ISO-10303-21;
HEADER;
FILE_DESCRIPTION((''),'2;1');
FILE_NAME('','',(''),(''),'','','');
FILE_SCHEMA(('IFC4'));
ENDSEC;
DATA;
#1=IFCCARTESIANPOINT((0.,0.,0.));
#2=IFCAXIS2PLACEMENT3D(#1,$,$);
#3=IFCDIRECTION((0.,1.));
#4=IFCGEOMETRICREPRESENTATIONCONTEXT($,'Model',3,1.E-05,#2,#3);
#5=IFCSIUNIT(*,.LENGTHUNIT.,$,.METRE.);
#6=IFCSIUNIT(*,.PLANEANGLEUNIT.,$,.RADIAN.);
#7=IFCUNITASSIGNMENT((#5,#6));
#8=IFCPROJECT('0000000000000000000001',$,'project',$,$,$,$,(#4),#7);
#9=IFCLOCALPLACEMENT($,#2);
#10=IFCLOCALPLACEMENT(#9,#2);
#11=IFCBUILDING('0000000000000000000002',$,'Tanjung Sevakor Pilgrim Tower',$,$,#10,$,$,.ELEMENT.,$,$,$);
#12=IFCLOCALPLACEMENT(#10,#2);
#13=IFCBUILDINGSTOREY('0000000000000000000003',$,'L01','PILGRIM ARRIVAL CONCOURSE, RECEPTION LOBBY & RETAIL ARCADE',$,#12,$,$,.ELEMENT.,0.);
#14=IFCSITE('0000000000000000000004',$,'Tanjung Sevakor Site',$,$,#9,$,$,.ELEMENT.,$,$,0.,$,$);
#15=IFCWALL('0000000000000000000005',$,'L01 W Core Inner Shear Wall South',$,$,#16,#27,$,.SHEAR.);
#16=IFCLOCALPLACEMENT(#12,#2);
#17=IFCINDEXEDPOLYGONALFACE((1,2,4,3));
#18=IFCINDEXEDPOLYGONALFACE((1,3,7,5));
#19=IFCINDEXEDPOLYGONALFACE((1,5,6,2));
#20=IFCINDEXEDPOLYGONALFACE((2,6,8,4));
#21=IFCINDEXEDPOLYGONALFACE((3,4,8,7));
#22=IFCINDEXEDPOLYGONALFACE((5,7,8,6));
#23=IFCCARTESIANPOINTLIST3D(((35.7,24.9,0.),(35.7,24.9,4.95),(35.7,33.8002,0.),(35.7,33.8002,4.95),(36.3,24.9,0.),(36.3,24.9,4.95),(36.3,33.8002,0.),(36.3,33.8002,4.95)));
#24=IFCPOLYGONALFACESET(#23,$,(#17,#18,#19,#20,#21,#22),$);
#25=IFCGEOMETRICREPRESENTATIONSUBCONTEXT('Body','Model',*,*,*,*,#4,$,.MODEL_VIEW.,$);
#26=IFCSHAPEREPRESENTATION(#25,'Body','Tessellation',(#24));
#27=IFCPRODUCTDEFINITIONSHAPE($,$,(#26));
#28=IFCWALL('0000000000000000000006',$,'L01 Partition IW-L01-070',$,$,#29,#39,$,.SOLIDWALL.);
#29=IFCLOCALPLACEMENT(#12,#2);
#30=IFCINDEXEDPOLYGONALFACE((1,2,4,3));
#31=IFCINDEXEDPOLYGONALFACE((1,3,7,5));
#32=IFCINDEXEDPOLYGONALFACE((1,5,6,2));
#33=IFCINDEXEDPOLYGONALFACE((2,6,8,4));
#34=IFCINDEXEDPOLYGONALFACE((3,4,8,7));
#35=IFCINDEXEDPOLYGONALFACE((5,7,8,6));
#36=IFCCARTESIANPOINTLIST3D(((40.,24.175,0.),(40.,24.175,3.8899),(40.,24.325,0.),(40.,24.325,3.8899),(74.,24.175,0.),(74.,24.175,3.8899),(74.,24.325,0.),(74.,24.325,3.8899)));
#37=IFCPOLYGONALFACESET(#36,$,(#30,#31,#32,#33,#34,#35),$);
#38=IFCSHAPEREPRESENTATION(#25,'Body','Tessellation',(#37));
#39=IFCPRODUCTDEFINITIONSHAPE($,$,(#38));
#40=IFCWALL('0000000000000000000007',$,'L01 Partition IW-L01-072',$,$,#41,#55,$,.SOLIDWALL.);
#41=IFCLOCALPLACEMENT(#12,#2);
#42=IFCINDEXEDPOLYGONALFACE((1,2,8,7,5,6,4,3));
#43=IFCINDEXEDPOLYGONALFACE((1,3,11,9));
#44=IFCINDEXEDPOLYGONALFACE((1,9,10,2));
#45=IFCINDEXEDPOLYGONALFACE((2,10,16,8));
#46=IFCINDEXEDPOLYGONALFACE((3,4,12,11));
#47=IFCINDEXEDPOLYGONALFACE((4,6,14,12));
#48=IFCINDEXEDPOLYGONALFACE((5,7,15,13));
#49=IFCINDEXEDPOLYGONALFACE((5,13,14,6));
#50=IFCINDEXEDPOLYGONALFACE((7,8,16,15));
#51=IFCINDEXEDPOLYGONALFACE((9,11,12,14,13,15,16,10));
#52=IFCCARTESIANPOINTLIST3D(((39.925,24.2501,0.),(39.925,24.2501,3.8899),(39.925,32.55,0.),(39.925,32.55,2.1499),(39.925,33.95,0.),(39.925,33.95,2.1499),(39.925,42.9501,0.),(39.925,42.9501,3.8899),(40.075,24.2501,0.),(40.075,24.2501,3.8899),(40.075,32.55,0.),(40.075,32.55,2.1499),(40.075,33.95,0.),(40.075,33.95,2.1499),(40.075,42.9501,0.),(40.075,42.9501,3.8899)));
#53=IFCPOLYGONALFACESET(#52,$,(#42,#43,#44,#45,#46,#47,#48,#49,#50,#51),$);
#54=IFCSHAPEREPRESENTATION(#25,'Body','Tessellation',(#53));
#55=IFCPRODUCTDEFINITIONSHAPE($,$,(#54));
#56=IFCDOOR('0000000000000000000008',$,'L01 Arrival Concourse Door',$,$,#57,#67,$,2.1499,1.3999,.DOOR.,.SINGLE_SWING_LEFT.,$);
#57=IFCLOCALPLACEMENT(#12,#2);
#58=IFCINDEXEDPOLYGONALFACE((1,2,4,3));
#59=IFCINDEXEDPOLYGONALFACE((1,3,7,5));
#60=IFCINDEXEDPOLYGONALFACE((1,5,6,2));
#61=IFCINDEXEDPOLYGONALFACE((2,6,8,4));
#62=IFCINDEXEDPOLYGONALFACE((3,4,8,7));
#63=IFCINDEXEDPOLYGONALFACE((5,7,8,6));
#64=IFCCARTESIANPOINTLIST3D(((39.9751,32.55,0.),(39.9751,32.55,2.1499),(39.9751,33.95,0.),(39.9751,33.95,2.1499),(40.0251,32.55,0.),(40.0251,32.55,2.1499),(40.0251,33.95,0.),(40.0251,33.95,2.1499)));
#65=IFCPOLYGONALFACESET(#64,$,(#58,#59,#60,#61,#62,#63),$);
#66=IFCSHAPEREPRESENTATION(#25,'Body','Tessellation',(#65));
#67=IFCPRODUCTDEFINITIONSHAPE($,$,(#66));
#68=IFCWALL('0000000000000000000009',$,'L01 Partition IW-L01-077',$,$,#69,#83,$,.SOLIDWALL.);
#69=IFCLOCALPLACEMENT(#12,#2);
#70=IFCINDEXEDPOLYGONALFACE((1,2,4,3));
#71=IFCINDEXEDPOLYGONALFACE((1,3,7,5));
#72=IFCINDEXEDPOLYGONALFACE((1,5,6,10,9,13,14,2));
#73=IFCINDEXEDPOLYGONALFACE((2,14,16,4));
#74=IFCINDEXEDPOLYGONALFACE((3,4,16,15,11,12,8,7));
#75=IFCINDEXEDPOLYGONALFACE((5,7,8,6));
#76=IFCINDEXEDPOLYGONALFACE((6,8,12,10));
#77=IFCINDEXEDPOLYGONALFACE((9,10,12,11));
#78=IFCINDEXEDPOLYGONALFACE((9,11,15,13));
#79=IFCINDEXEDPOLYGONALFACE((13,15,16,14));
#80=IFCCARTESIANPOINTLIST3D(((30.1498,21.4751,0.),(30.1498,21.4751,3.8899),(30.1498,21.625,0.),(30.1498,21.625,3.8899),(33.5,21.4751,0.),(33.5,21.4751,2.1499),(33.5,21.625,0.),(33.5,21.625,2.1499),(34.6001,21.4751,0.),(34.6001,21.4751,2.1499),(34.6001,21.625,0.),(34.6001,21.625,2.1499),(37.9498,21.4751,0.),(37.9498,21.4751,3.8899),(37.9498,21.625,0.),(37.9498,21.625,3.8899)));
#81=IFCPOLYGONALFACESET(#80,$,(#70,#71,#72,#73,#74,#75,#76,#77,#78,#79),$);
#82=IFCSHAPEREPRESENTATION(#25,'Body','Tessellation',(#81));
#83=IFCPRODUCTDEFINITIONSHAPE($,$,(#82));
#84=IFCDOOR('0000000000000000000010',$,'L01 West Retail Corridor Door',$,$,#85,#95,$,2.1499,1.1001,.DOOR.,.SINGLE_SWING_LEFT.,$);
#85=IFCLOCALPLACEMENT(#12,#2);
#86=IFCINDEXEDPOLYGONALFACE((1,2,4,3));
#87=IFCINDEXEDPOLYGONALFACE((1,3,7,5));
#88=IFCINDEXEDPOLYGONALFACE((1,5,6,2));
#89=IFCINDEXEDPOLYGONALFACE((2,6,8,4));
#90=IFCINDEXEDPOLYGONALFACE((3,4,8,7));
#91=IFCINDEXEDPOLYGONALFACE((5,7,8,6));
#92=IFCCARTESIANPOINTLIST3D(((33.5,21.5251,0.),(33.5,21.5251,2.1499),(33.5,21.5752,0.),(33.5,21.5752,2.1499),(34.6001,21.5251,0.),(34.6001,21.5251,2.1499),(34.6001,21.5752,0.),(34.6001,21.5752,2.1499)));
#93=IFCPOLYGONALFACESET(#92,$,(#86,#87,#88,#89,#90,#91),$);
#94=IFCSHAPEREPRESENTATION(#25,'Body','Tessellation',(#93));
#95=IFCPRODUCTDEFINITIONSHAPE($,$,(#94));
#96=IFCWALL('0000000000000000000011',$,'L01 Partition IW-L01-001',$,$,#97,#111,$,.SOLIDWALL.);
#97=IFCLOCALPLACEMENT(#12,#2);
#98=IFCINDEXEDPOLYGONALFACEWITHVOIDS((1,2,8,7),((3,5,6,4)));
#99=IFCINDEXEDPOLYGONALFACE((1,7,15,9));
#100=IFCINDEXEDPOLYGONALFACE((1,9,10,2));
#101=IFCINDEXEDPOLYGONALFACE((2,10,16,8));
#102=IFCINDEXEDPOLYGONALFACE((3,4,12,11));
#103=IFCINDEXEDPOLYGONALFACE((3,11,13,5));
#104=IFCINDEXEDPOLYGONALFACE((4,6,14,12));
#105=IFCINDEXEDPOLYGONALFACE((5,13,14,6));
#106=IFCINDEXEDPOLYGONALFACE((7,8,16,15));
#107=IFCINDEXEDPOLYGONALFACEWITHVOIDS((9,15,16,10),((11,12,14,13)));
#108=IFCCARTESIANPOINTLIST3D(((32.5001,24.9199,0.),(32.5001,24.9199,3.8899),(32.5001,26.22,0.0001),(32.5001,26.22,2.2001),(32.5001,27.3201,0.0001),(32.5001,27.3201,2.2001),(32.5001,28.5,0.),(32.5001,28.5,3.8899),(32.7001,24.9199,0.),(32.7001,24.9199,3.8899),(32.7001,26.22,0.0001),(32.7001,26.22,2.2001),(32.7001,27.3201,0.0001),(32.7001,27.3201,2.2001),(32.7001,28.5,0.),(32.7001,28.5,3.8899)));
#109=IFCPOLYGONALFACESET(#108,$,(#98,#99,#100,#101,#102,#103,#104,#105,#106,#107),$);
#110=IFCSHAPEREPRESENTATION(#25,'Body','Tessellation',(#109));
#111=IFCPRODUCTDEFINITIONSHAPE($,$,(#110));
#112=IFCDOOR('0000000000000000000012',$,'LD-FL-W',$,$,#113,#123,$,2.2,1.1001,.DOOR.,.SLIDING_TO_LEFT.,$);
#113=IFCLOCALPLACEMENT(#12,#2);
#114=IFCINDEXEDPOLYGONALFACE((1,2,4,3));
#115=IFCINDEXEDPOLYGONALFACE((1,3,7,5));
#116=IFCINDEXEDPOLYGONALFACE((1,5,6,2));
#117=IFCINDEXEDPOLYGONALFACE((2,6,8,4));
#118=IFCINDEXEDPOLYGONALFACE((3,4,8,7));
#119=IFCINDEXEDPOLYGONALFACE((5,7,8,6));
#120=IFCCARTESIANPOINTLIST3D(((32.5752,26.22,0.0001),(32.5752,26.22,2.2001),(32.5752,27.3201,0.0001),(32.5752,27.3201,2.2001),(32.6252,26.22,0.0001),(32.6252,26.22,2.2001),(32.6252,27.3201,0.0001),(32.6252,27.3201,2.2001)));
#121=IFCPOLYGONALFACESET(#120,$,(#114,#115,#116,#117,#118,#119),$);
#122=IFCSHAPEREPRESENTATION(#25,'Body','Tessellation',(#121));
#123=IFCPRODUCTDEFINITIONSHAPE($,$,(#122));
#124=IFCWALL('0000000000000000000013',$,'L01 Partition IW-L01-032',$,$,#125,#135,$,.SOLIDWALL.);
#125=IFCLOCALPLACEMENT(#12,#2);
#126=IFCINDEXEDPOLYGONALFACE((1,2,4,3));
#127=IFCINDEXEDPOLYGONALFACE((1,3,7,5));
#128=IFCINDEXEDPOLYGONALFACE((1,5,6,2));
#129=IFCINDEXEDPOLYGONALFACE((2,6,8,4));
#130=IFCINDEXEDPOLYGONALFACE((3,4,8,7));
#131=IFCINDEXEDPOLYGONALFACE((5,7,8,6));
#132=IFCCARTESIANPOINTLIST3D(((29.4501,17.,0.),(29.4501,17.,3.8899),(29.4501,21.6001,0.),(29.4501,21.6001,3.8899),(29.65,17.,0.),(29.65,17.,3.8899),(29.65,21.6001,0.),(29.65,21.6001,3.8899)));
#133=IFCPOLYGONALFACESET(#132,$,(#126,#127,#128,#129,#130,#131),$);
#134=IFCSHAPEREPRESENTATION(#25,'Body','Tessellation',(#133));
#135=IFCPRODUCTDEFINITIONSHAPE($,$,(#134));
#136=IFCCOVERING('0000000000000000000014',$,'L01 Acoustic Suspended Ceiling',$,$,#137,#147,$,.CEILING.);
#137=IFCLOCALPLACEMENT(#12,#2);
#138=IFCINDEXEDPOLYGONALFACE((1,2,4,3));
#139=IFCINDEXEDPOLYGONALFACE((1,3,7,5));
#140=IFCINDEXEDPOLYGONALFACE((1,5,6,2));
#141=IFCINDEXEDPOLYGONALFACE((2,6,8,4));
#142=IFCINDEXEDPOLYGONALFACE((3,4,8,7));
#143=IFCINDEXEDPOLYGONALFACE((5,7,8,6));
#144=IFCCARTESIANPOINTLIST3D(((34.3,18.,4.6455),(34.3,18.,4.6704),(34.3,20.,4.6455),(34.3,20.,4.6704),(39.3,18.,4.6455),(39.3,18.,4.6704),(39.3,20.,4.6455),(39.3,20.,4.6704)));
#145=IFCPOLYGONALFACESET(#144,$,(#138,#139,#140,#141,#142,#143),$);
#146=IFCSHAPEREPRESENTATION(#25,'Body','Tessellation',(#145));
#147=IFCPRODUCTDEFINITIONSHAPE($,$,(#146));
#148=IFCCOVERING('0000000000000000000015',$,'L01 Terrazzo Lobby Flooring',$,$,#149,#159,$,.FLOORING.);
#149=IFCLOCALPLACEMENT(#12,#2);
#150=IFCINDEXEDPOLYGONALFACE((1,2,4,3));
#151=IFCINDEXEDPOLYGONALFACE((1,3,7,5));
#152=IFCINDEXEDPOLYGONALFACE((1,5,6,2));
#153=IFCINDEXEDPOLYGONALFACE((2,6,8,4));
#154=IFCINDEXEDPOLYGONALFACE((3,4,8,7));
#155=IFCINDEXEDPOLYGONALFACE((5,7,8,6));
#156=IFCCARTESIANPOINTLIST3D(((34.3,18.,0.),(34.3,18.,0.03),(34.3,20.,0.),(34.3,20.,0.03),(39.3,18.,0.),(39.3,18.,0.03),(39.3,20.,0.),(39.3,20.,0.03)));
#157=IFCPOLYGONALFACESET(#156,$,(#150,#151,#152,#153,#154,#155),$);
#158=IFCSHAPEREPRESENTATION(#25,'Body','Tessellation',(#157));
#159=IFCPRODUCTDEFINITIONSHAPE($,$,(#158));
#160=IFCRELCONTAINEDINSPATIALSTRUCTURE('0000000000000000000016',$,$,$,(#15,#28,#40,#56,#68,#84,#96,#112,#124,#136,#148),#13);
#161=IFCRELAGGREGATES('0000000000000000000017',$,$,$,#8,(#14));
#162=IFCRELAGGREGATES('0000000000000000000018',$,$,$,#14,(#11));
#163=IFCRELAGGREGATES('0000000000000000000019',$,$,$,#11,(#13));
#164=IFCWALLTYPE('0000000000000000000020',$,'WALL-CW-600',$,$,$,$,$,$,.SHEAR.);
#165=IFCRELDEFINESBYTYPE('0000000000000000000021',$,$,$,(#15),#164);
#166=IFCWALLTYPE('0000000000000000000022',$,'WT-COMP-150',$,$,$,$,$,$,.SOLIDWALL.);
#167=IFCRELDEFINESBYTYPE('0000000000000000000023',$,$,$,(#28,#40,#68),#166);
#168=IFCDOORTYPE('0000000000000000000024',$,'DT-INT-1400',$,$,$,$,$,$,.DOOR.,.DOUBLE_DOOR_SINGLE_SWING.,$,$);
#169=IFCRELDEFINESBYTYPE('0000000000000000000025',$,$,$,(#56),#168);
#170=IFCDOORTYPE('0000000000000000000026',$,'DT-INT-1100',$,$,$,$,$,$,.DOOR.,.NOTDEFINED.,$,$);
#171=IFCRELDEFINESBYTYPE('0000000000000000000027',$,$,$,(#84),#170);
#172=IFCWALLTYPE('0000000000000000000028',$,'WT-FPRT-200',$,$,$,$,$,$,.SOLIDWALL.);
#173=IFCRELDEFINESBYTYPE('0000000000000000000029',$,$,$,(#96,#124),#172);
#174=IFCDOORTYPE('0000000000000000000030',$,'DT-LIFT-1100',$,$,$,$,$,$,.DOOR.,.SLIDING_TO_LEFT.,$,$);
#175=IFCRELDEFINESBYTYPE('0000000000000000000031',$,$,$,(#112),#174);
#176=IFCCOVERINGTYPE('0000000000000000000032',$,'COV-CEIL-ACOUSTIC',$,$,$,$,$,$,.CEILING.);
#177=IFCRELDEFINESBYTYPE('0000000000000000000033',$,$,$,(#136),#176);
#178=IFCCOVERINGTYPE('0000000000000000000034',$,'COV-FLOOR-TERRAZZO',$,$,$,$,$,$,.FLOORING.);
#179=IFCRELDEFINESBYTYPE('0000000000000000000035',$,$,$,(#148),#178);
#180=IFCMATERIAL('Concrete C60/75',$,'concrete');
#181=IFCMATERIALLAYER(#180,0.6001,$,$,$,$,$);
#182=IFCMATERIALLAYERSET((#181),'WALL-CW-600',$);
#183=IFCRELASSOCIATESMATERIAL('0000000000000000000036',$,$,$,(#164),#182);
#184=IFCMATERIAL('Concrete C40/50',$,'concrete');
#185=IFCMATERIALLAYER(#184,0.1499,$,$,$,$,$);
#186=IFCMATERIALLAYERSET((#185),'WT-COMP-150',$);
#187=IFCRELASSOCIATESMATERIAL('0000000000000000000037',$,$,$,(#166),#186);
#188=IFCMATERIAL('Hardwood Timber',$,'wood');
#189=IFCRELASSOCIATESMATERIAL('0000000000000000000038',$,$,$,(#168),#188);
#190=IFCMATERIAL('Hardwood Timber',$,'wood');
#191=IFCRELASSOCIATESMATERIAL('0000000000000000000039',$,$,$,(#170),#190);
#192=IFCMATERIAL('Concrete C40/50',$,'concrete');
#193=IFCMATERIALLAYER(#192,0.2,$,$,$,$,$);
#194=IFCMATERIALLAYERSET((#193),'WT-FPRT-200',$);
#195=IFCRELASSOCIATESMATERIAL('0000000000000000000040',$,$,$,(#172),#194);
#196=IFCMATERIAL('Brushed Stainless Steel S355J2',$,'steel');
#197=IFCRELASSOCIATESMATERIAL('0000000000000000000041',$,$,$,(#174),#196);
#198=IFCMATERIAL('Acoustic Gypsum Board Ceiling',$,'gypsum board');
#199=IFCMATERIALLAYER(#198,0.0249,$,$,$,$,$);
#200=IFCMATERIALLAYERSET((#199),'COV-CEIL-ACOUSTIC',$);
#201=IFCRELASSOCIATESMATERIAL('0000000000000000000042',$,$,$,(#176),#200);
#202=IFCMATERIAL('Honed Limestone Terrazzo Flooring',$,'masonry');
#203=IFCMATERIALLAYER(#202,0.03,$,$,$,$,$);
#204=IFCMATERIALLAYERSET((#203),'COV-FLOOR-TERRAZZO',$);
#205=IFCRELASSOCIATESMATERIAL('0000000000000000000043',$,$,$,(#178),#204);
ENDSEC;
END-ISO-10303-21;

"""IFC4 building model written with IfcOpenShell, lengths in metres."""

from ifc_helpers import new_model, si_unit, direction, frame, frame_2d, origin, origin_2d, place, context, subcontext, project, spatial, rectangle, extrude, material, layer, layer_set, type_object, element, fill, save


model = new_model("IFC4")

# Units and contexts
model_context = context("Model", 3, precision=1e-05, world=origin(), true_north=direction((0.0, 1.0)))
body_context = subcontext(model_context, "Body", "Model", "MODEL_VIEW")
ifc_project = project(units=[si_unit("LENGTHUNIT", "METRE"), si_unit("PLANEANGLEUNIT", "RADIAN")], contexts=[model_context])

# Site, building, storey
site_placement = place(None, origin())
site = spatial("IfcSite", under=ifc_project, at=site_placement, Name="Tanjung Sevakor Site", CompositionType="ELEMENT", RefElevation=0.0)
building_placement = place(site_placement, origin())
building = spatial("IfcBuilding", under=site, at=building_placement, Name="Tanjung Sevakor Pilgrim Tower", CompositionType="ELEMENT")
storey_placement = place(building_placement, origin())
storey = spatial("IfcBuildingStorey", under=building, at=storey_placement, Name="L01", Description="PILGRIM ARRIVAL CONCOURSE, RECEPTION LOBBY & RETAIL ARCADE", CompositionType="ELEMENT", Elevation=0.0)

# Wall
ifc_material_1 = material(Name="Concrete C60/75", Category="concrete")
ifc_layer_1 = layer(ifc_material_1, 0.6001)
ifc_layer_set_1 = layer_set([ifc_layer_1], Name="WALL-CW-600")
wall_type_1 = type_object("IfcWallType", Name="WALL-CW-600", PredefinedType="SHEAR", material=ifc_layer_set_1)
wall_1_placement = place(storey_placement, frame((36.0, 24.8999, 0.0), z_axis=(0.0, 0.0, 1.0), x_axis=(0.0, 1.0, 0.0)))
element("IfcWall", 1, at=wall_1_placement, inside=storey, type_object=wall_type_1, Name="L01 W Core Inner Shear Wall South", PredefinedType="SHEAR", context=body_context, shape_type="SweptSolid", body=[
    extrude(rectangle(XDim=8.9001, YDim=0.6001, at=frame_2d((4.4502, 0.0))), origin(), (0.0, 0.0, 1.0), 4.95),
])

# Wall
ifc_material_2 = material(Name="Concrete C40/50", Category="concrete")
ifc_layer_2 = layer(ifc_material_2, 0.1499)
ifc_layer_set_2 = layer_set([ifc_layer_2], Name="WT-COMP-150")
wall_type_2 = type_object("IfcWallType", Name="WT-COMP-150", PredefinedType="SOLIDWALL", material=ifc_layer_set_2)
wall_2_placement = place(storey_placement, frame((40.0, 24.25, 0.0), z_axis=(0.0, 0.0, 1.0), x_axis=(1.0, 0.0, 0.0)))
element("IfcWall", 2, at=wall_2_placement, inside=storey, type_object=wall_type_2, Name="L01 Partition IW-L01-070", PredefinedType="SOLIDWALL", context=body_context, shape_type="SweptSolid", body=[
    extrude(rectangle(XDim=34.0, YDim=0.1499, at=frame_2d((17.0, 0.0))), origin(), (0.0, 0.0, 1.0), 3.8899),
])

# Walls, openings, doors
wall_3_placement = place(storey_placement, frame((40.0, 24.25, 0.0), z_axis=(0.0, 0.0, 1.0), x_axis=(0.0, 1.0, 0.0)))
wall_3 = element("IfcWall", 3, at=wall_3_placement, inside=storey, type_object=wall_type_2, Name="L01 Partition IW-L01-072", PredefinedType="SOLIDWALL", context=body_context, shape_type="SweptSolid", body=[
    extrude(rectangle(XDim=18.7, YDim=0.1499, at=frame_2d((9.3501, 0.0))), origin(), (0.0, 0.0, 1.0), 3.8899),
])
opening_1_placement = place(wall_3_placement, frame((8.3, 0.0, 0.0)))
opening_1 = element("IfcOpeningElement", 4, at=opening_1_placement, cuts=wall_3, PredefinedType="OPENING", context=body_context, shape_type="SweptSolid", body=[
    extrude(rectangle(XDim=1.3999, YDim=2.1499, at=frame_2d((0.7, 1.075))), frame((0.0, 0.085, 0.0), z_axis=(0.0, -1.0, 0.0), x_axis=(1.0, 0.0, 0.0)), (0.0, 0.0, 1.0), 0.1699),
])
ifc_material_3 = material(Name="Hardwood Timber", Category="wood")
door_type_1 = type_object("IfcDoorType", Name="DT-INT-1400", OperationType="DOUBLE_DOOR_SINGLE_SWING", PredefinedType="DOOR", material=ifc_material_3)
door_1_placement = place(opening_1_placement, origin())
door_1 = element("IfcDoor", 5, at=door_1_placement, inside=storey, type_object=door_type_1, Name="L01 Arrival Concourse Door", OperationType="SINGLE_SWING_LEFT", OverallHeight=2.1499, OverallWidth=1.3999, PredefinedType="DOOR", context=body_context, shape_type="SweptSolid", body=[
    extrude(rectangle(XDim=1.3999, YDim=2.1499, at=frame_2d((0.7, 1.075))), frame((0.0, 0.0249, 0.0), z_axis=(0.0, -1.0, 0.0), x_axis=(1.0, 0.0, 0.0)), (0.0, 0.0, 1.0), 0.05),
])
fill(opening_1, door_1)
wall_4_placement = place(storey_placement, frame((30.1499, 21.55, 0.0), z_axis=(0.0, 0.0, 1.0), x_axis=(1.0, 0.0, 0.0)))
wall_4 = element("IfcWall", 6, at=wall_4_placement, inside=storey, type_object=wall_type_2, Name="L01 Partition IW-L01-077", PredefinedType="SOLIDWALL", context=body_context, shape_type="SweptSolid", body=[
    extrude(rectangle(XDim=7.8, YDim=0.1499, at=frame_2d((3.8999, 0.0))), origin(), (0.0, 0.0, 1.0), 3.8899),
])
opening_2_placement = place(wall_4_placement, frame((3.3501, 0.0, 0.0)))
opening_2 = element("IfcOpeningElement", 7, at=opening_2_placement, cuts=wall_4, PredefinedType="OPENING", context=body_context, shape_type="SweptSolid", body=[
    extrude(rectangle(XDim=1.1001, YDim=2.1499, at=frame_2d((0.55, 1.075))), frame((0.0, 0.085, 0.0), z_axis=(0.0, -1.0, 0.0), x_axis=(1.0, 0.0, 0.0)), (0.0, 0.0, 1.0), 0.1699),
])
ifc_material_4 = material(Name="Hardwood Timber", Category="wood")
door_type_2 = type_object("IfcDoorType", Name="DT-INT-1100", OperationType="NOTDEFINED", PredefinedType="DOOR", material=ifc_material_4)
door_2_placement = place(opening_2_placement, frame((1.1001, 0.0, 0.0), z_axis=(0.0, 0.0, 1.0), x_axis=(-1.0, 0.0, 0.0)))
door_2 = element("IfcDoor", 8, at=door_2_placement, inside=storey, type_object=door_type_2, Name="L01 West Retail Corridor Door", OperationType="SINGLE_SWING_LEFT", OverallHeight=2.1499, OverallWidth=1.1001, PredefinedType="DOOR", context=body_context, shape_type="SweptSolid", body=[
    extrude(rectangle(XDim=1.1001, YDim=2.1499, at=frame_2d((0.55, 1.075))), frame((0.0, 0.0249, 0.0), z_axis=(0.0, -1.0, 0.0), x_axis=(1.0, 0.0, 0.0)), (0.0, 0.0, 1.0), 0.05),
])
fill(opening_2, door_2)
ifc_material_5 = material(Name="Concrete C40/50", Category="concrete")
ifc_layer_3 = layer(ifc_material_5, 0.2)
ifc_layer_set_3 = layer_set([ifc_layer_3], Name="WT-FPRT-200")
wall_type_3 = type_object("IfcWallType", Name="WT-FPRT-200", PredefinedType="SOLIDWALL", material=ifc_layer_set_3)
wall_5_placement = place(storey_placement, frame((32.6001, 24.9199, 0.0), z_axis=(0.0, 0.0, 1.0), x_axis=(0.0, 1.0, 0.0)))
wall_5 = element("IfcWall", 9, at=wall_5_placement, inside=storey, type_object=wall_type_3, Name="L01 Partition IW-L01-001", PredefinedType="SOLIDWALL", context=body_context, shape_type="SweptSolid", body=[
    extrude(rectangle(XDim=3.5801, YDim=0.2, at=frame_2d((1.79, 0.0))), origin(), (0.0, 0.0, 1.0), 3.8899),
])
opening_3_placement = place(wall_5_placement, frame((1.3, 0.0, 0.0)))
opening_3 = element("IfcOpeningElement", 10, at=opening_3_placement, cuts=wall_5, PredefinedType="OPENING", context=body_context, shape_type="SweptSolid", body=[
    extrude(rectangle(XDim=1.1001, YDim=2.2, at=frame_2d((0.55, 1.1001))), frame((0.0, 0.1099, 0.0), z_axis=(0.0, -1.0, 0.0), x_axis=(1.0, 0.0, 0.0)), (0.0, 0.0, 1.0), 0.22),
])
ifc_material_6 = material(Name="Brushed Stainless Steel S355J2", Category="steel")
door_type_3 = type_object("IfcDoorType", Name="DT-LIFT-1100", OperationType="SLIDING_TO_LEFT", PredefinedType="DOOR", material=ifc_material_6)
door_3_placement = place(opening_3_placement, origin())
door_3 = element("IfcDoor", 11, at=door_3_placement, inside=storey, type_object=door_type_3, Name="LD-FL-W", OperationType="SLIDING_TO_LEFT", OverallHeight=2.2, OverallWidth=1.1001, PredefinedType="DOOR", context=body_context, shape_type="SweptSolid", body=[
    extrude(rectangle(XDim=1.1001, YDim=2.2, at=frame_2d((0.55, 1.1001))), frame((0.0, 0.0249, 0.0), z_axis=(0.0, -1.0, 0.0), x_axis=(1.0, 0.0, 0.0)), (0.0, 0.0, 1.0), 0.05),
])
fill(opening_3, door_3)

# Wall
wall_6_placement = place(storey_placement, frame((29.55, 17.0, 0.0), z_axis=(0.0, 0.0, 1.0), x_axis=(0.0, 1.0, 0.0)))
element("IfcWall", 12, at=wall_6_placement, inside=storey, type_object=wall_type_3, Name="L01 Partition IW-L01-032", PredefinedType="SOLIDWALL", context=body_context, shape_type="SweptSolid", body=[
    extrude(rectangle(XDim=4.6001, YDim=0.2, at=frame_2d((2.3, 0.0))), origin(), (0.0, 0.0, 1.0), 3.8899),
])

# Coverings
ifc_material_7 = material(Name="Acoustic Gypsum Board Ceiling", Category="gypsum board")
ifc_layer_4 = layer(ifc_material_7, 0.0249)
ifc_layer_set_4 = layer_set([ifc_layer_4], Name="COV-CEIL-ACOUSTIC")
covering_type_1 = type_object("IfcCoveringType", Name="COV-CEIL-ACOUSTIC", PredefinedType="CEILING", material=ifc_layer_set_4)
covering_1_placement = place(storey_placement, frame((36.8, 19.0, 4.6455), z_axis=(0.0, 0.0, 1.0), x_axis=(1.0, 0.0, 0.0)))
element("IfcCovering", 13, at=covering_1_placement, inside=storey, type_object=covering_type_1, Name="L01 Acoustic Suspended Ceiling", PredefinedType="CEILING", context=body_context, shape_type="SweptSolid", body=[
    extrude(rectangle(XDim=5.0, YDim=2.0, at=origin_2d()), origin(), (0.0, 0.0, 1.0), 0.0249),
])
ifc_material_8 = material(Name="Honed Limestone Terrazzo Flooring", Category="masonry")
ifc_layer_5 = layer(ifc_material_8, 0.03)
ifc_layer_set_5 = layer_set([ifc_layer_5], Name="COV-FLOOR-TERRAZZO")
covering_type_2 = type_object("IfcCoveringType", Name="COV-FLOOR-TERRAZZO", PredefinedType="FLOORING", material=ifc_layer_set_5)
covering_2_placement = place(storey_placement, frame((36.8, 19.0, 0.0), z_axis=(0.0, 0.0, 1.0), x_axis=(1.0, 0.0, 0.0)))
element("IfcCovering", 14, at=covering_2_placement, inside=storey, type_object=covering_type_2, Name="L01 Terrazzo Lobby Flooring", PredefinedType="FLOORING", context=body_context, shape_type="SweptSolid", body=[
    extrude(rectangle(XDim=5.0, YDim=2.0, at=origin_2d()), origin(), (0.0, 0.0, 1.0), 0.03),
])

save(model, "model.ifc")
